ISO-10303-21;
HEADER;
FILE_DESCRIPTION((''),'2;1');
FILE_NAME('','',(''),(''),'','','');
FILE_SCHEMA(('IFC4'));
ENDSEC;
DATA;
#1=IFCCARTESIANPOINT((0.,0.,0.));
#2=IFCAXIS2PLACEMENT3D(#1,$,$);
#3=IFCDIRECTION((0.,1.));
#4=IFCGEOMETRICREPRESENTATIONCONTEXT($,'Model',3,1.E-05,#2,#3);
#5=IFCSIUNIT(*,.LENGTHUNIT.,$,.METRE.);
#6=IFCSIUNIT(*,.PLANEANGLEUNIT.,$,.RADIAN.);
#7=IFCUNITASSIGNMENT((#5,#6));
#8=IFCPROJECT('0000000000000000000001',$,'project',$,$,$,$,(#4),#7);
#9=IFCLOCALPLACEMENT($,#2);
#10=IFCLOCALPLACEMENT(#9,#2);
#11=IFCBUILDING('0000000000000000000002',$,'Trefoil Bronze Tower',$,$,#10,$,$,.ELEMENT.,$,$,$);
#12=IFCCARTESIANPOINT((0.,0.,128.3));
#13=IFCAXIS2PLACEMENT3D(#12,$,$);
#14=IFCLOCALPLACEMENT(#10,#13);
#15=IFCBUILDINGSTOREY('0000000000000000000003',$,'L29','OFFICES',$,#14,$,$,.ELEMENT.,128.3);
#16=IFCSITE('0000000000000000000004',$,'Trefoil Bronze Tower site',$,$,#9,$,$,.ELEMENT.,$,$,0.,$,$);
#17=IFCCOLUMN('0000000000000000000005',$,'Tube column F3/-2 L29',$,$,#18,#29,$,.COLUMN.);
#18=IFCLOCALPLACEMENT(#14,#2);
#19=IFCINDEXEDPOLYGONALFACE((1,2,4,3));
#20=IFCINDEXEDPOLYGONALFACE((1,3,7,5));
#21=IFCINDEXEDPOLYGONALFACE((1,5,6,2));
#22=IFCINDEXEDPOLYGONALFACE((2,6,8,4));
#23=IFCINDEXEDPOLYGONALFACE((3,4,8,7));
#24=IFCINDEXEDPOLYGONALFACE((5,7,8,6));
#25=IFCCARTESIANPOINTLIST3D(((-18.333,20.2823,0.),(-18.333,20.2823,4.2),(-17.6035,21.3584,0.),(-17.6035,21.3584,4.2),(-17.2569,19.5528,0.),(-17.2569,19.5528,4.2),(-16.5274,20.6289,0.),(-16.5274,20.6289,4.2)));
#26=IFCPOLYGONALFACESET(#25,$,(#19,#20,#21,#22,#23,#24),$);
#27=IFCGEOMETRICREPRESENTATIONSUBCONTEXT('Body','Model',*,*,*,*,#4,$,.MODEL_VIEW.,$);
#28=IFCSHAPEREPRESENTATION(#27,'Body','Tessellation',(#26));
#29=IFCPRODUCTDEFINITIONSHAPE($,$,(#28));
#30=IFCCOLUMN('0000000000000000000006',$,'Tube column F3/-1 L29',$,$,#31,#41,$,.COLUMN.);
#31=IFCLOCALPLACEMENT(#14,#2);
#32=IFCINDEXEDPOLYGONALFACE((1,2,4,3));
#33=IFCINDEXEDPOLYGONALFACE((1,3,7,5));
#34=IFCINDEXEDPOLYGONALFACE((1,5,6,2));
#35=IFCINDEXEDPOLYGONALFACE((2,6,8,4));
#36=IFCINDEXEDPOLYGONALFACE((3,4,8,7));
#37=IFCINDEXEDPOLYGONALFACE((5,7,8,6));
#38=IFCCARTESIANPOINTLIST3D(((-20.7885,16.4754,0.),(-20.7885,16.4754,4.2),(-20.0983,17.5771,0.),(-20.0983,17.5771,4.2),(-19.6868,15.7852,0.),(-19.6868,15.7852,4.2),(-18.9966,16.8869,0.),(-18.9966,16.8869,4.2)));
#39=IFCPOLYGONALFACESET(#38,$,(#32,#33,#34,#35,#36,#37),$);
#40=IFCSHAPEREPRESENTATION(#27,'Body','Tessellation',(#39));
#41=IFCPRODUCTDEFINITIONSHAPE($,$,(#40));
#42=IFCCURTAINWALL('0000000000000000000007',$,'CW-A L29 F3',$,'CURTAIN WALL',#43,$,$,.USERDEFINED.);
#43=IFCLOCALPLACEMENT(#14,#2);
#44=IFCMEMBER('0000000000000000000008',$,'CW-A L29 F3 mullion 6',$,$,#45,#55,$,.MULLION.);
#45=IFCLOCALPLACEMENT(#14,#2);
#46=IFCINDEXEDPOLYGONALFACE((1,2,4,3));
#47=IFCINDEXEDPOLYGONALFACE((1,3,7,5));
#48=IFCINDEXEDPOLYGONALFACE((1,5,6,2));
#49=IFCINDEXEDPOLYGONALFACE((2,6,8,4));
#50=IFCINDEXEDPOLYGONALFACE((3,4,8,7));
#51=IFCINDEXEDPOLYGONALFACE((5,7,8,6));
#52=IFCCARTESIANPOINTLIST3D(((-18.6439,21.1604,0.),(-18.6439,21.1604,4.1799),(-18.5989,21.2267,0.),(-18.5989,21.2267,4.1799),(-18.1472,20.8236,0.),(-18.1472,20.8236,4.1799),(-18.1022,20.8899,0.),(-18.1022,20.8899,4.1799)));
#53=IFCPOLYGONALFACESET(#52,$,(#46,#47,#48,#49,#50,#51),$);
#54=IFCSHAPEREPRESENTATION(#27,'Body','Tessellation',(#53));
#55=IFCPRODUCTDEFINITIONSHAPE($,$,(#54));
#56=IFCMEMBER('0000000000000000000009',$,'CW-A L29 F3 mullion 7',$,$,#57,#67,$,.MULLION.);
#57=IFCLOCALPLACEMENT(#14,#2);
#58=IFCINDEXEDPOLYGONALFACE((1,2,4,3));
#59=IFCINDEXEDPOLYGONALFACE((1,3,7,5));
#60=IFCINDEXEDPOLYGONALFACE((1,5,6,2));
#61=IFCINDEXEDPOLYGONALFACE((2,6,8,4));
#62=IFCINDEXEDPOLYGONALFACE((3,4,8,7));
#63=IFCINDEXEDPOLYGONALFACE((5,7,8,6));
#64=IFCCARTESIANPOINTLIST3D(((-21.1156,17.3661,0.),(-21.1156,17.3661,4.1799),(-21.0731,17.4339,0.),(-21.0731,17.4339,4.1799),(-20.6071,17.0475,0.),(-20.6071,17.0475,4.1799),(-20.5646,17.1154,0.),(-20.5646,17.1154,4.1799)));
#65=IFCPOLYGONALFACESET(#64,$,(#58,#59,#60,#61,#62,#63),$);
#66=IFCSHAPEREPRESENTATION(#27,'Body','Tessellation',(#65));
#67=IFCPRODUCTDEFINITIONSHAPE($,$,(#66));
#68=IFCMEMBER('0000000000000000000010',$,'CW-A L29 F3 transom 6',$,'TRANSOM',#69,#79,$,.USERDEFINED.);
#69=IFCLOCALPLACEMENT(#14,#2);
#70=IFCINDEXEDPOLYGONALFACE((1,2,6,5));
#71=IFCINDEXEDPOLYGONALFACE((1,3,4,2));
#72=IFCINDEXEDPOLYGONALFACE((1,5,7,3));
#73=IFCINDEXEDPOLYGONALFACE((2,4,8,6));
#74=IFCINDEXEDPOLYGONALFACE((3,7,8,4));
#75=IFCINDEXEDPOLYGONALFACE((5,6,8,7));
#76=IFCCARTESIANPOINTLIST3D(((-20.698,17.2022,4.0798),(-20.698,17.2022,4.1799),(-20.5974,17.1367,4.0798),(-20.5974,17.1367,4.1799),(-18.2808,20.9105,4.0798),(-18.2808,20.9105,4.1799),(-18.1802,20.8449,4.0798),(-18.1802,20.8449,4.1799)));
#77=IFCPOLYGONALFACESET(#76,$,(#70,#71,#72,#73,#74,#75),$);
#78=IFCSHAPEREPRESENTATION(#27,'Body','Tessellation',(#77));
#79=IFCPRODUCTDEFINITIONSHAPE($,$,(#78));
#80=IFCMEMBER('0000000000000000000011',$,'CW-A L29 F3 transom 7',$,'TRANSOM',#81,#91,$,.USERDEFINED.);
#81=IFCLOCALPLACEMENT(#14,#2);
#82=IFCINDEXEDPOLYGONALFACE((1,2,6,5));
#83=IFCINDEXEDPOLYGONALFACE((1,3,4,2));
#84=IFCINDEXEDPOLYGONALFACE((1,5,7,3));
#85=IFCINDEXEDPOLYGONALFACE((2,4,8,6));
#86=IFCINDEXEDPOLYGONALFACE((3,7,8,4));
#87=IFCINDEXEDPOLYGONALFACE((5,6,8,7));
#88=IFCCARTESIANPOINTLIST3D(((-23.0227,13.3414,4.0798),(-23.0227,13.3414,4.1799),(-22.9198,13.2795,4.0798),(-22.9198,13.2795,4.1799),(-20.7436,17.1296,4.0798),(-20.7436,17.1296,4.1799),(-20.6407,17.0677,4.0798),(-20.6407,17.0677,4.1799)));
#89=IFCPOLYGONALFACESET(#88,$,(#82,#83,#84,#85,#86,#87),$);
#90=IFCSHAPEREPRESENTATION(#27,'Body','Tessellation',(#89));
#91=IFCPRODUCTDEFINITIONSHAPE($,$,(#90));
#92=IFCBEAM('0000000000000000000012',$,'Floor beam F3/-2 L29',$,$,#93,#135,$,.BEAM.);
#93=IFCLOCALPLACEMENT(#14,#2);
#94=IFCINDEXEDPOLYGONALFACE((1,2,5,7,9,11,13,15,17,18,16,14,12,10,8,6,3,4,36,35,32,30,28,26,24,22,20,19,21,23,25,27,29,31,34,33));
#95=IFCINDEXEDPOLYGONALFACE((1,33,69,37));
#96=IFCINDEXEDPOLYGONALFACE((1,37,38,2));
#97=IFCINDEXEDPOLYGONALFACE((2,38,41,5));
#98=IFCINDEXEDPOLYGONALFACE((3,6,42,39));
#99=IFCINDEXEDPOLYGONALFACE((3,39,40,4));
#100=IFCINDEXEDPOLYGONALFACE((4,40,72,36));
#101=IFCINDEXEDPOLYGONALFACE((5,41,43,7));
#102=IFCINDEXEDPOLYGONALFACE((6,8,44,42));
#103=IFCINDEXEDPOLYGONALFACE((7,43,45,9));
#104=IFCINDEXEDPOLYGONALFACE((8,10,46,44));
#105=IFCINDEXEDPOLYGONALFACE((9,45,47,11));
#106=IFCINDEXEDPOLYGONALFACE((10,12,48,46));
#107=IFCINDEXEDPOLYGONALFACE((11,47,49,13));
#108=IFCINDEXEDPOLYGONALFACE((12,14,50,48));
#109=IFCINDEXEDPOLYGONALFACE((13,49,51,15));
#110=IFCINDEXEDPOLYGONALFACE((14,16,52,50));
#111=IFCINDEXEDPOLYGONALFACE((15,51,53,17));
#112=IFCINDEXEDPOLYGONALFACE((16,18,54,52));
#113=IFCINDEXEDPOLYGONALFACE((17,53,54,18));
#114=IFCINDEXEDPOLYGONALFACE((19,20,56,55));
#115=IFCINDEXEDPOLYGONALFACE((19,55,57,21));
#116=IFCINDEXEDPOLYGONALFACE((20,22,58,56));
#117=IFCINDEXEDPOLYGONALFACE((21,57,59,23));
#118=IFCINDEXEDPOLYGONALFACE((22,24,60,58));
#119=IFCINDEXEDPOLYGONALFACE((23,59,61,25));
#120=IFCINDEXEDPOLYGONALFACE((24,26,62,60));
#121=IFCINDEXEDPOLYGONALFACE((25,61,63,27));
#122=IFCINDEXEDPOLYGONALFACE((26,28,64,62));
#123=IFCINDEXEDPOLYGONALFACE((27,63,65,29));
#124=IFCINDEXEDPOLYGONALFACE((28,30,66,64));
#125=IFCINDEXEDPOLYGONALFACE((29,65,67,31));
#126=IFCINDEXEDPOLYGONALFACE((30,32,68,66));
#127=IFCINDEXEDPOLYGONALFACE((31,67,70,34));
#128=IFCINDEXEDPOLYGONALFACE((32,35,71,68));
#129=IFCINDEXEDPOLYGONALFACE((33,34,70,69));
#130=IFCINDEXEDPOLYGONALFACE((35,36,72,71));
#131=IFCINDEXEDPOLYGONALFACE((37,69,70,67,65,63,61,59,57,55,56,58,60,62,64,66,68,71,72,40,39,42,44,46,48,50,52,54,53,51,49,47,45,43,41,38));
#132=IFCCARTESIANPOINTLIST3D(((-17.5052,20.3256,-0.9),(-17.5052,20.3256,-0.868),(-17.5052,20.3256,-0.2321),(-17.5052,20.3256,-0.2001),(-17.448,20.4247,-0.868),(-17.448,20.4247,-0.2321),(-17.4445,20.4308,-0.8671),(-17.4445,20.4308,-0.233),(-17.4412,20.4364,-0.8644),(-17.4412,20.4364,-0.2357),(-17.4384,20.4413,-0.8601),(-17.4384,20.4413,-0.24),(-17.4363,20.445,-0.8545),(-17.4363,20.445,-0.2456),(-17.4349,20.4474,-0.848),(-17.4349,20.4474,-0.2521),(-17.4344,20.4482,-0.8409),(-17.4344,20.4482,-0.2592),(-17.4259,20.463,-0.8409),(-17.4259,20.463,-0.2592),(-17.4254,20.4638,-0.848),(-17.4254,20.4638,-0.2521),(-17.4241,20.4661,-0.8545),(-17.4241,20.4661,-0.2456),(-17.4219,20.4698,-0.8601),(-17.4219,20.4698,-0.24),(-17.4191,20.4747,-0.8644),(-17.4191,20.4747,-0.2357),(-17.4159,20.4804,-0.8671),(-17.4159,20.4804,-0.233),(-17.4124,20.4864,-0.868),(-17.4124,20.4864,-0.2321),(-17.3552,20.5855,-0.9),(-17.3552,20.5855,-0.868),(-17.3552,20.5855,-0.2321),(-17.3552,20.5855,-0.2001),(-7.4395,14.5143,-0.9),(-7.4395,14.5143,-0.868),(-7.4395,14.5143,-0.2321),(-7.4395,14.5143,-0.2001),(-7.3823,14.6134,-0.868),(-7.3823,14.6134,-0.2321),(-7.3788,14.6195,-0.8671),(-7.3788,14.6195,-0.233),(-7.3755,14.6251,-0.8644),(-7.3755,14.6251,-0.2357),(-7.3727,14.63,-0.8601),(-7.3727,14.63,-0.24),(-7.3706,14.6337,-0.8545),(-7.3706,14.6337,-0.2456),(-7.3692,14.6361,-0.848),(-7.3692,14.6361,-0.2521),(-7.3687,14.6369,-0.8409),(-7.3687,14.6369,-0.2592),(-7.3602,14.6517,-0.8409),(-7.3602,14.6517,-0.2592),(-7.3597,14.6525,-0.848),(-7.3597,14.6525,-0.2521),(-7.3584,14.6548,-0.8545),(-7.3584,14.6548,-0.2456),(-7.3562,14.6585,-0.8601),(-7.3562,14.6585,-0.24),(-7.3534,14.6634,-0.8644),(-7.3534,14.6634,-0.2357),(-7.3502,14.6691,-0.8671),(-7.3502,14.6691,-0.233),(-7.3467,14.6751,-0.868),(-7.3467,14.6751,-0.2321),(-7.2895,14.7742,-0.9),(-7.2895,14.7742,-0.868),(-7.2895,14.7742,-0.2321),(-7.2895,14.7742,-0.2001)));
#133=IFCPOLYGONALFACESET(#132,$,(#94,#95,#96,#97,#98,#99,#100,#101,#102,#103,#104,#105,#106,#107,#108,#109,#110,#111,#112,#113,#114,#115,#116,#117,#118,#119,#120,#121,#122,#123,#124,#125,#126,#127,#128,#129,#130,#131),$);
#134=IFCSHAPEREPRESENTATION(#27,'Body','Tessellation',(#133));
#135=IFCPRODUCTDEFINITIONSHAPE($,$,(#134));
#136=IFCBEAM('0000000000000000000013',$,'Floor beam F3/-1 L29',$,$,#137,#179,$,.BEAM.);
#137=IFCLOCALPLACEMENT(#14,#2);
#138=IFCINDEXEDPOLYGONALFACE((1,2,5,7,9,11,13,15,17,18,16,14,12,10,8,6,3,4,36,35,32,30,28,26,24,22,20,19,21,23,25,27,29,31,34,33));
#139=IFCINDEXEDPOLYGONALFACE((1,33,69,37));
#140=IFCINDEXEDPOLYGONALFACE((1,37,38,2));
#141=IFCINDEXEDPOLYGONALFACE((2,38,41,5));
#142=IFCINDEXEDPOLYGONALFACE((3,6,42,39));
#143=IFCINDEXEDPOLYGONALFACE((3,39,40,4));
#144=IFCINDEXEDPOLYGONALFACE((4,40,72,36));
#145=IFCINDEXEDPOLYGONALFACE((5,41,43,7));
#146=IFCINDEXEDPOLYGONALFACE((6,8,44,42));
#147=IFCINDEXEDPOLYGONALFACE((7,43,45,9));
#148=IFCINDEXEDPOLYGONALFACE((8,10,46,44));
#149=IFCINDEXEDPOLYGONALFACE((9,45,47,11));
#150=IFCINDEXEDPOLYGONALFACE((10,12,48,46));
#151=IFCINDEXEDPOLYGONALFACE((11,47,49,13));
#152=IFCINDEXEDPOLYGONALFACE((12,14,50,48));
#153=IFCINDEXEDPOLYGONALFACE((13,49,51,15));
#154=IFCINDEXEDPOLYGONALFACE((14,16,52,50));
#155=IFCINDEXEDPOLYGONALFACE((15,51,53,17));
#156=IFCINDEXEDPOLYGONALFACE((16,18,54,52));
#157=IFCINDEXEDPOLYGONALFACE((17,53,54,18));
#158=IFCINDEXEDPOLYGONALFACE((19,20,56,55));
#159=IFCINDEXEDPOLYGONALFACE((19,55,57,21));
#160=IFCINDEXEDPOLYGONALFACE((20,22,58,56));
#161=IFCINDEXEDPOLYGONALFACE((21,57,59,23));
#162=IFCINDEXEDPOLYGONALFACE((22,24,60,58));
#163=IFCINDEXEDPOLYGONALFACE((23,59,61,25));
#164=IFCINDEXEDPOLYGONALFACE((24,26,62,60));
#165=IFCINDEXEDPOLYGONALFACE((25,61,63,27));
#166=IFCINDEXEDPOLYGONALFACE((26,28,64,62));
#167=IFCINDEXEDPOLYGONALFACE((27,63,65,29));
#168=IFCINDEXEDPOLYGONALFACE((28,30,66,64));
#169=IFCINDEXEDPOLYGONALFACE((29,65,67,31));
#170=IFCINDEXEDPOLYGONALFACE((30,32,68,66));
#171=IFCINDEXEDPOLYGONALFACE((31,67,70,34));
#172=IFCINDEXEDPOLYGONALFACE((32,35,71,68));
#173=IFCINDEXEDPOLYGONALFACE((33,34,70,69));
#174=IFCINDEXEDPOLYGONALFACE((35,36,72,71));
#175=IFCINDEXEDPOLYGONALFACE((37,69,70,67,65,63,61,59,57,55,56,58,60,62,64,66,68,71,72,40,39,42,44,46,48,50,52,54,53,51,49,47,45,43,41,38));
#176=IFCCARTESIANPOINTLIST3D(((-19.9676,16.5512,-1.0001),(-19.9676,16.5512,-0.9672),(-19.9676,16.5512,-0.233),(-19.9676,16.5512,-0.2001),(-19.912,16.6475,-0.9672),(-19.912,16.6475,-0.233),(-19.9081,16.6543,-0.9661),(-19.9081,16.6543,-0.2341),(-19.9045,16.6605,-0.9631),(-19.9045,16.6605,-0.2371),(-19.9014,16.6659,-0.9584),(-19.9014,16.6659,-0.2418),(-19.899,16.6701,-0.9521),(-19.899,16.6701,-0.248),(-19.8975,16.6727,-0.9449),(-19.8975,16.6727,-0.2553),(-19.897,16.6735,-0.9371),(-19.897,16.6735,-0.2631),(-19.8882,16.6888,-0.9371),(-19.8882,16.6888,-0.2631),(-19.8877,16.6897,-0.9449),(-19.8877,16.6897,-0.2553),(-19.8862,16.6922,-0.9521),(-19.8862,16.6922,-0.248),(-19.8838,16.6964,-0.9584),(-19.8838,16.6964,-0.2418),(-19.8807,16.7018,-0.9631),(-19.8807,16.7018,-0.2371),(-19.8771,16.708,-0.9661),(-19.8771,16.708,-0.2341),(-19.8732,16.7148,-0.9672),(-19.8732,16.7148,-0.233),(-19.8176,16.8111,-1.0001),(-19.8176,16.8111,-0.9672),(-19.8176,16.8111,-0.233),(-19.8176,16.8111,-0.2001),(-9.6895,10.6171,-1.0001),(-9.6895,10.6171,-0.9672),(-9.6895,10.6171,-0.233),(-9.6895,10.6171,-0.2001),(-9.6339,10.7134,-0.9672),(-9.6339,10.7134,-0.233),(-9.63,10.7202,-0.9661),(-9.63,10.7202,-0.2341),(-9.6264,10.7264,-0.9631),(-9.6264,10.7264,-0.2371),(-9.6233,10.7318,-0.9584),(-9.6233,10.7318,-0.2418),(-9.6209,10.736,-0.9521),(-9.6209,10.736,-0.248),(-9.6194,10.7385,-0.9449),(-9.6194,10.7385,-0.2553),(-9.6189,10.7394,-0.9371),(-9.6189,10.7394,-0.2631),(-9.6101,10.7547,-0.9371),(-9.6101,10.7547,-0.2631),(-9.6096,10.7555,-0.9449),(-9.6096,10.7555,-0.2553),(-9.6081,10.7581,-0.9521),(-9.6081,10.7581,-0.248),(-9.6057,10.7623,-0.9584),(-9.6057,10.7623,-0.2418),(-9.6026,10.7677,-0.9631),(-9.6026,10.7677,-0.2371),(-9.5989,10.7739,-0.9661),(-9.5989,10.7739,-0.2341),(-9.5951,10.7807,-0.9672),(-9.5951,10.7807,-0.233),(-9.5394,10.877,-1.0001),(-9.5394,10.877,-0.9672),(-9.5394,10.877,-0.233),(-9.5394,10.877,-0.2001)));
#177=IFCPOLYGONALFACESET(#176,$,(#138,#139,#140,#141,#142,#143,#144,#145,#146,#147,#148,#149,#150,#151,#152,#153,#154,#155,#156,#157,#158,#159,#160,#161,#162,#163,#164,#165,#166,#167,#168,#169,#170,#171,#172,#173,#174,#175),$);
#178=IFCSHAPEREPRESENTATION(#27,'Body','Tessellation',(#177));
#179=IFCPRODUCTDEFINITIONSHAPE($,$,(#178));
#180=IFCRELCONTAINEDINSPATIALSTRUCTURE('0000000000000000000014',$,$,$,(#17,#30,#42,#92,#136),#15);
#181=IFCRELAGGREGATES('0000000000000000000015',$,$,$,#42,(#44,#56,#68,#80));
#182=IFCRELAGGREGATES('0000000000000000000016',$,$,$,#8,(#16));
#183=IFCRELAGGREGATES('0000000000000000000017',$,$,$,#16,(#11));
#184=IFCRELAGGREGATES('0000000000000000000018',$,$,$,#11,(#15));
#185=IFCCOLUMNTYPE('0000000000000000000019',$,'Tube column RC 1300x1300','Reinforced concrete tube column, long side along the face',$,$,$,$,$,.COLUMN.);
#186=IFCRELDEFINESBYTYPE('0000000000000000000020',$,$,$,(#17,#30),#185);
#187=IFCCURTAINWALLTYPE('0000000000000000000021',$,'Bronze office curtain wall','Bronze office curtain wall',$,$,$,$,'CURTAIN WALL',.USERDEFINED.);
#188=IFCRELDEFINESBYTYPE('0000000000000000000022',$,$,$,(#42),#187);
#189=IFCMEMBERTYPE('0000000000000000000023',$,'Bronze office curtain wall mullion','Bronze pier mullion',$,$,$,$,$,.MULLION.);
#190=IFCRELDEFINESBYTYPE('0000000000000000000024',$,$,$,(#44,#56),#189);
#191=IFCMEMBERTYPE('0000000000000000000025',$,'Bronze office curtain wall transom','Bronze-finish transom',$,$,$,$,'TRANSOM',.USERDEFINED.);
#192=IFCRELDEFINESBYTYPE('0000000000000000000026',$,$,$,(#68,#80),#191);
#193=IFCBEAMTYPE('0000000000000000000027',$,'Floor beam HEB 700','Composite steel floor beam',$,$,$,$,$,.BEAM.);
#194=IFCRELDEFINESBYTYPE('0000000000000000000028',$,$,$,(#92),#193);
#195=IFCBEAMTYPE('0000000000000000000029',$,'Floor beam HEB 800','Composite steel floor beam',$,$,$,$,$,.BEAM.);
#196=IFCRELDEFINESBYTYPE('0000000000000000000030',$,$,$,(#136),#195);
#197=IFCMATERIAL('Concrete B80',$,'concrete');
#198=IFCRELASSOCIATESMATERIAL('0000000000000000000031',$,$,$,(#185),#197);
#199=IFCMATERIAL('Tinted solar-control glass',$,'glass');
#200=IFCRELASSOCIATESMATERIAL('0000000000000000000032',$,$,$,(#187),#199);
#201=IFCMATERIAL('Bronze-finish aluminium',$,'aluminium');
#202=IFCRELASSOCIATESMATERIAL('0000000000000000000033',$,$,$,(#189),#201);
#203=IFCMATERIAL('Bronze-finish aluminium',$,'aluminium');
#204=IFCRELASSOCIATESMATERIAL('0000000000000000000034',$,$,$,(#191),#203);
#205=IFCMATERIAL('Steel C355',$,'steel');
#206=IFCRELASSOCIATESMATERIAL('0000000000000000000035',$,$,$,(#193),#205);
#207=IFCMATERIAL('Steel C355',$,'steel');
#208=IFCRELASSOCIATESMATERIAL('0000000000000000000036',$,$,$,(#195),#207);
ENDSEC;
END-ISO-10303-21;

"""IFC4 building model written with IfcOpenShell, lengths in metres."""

from ifc_helpers import new_model, si_unit, direction, frame, origin, origin_2d, place, context, subcontext, project, spatial, rectangle, i_section, extrude, material, material_profile, profile_set, type_object, element, aggregate, save


model = new_model("IFC4")

# Units and contexts
model_context = context("Model", 3, precision=1e-05, world=origin(), true_north=direction((0.0, 1.0)))
body_context = subcontext(model_context, "Body", "Model", "MODEL_VIEW")
ifc_project = project(units=[si_unit("LENGTHUNIT", "METRE"), si_unit("PLANEANGLEUNIT", "RADIAN")], contexts=[model_context])

# Site, building, storey
site_placement = place(None, origin())
site = spatial("IfcSite", under=ifc_project, at=site_placement, Name="Trefoil Bronze Tower site", CompositionType="ELEMENT", RefElevation=0.0)
building_placement = place(site_placement, origin())
building = spatial("IfcBuilding", under=site, at=building_placement, Name="Trefoil Bronze Tower", CompositionType="ELEMENT")
storey_placement = place(building_placement, frame((0.0, 0.0, 128.3)))
storey = spatial("IfcBuildingStorey", under=building, at=storey_placement, Name="L29", Description="OFFICES", CompositionType="ELEMENT", Elevation=128.3)

# Columns
ifc_material_1 = material(Name="Concrete B80", Category="concrete")
ifc_material_profile_1 = material_profile(ifc_material_1, rectangle(XDim=1.3, YDim=1.3, at=origin_2d()), Name="RC 1300x1300")
ifc_profile_set_1 = profile_set([ifc_material_profile_1], Name="Concrete B80")
column_type = type_object("IfcColumnType", Name="Tube column RC 1300x1300", Description="Reinforced concrete tube column, long side along the face", PredefinedType="COLUMN", material=ifc_profile_set_1)
for number, where, z_axis, x_axis, name in (
    (1, (-17.4302, 20.4556, 0.0), (0.0, 0.0, 1.0), (-0.561136, -0.827724, 0.0), "Tube column F3/-2 L29"),
    (2, (-19.8926, 16.6812, 0.0), (0.0, 0.0, 1.0), (-0.530893, -0.847439, 0.0), "Tube column F3/-1 L29"),
):
    element("IfcColumn", number, at=place(storey_placement, frame(where, z_axis=z_axis, x_axis=x_axis)), inside=storey, type_object=column_type, Name=name, PredefinedType="COLUMN", context=body_context, shape_type="SweptSolid", body=[
        extrude(rectangle(XDim=1.3, YDim=1.3, at=origin_2d()), origin(), (0.0, 0.0, 1.0), 4.2),
    ])

# Curtain wall, members
ifc_material_2 = material(Name="Tinted solar-control glass", Category="glass")
curtain_wall_type = type_object("IfcCurtainWallType", Name="Bronze office curtain wall", Description="Bronze office curtain wall", ElementType="CURTAIN WALL", PredefinedType="USERDEFINED", material=ifc_material_2)
curtain_wall_placement = place(storey_placement, origin())
curtain_wall = element("IfcCurtainWall", 3, at=curtain_wall_placement, inside=storey, type_object=curtain_wall_type, Name="CW-A L29 F3", ObjectType="CURTAIN WALL", PredefinedType="USERDEFINED")
ifc_material_3 = material(Name="Bronze-finish aluminium", Category="aluminium")
ifc_material_profile_2 = material_profile(ifc_material_3, rectangle(XDim=0.6001, YDim=0.0801, at=origin_2d()), Name="CW-A mullion")
ifc_profile_set_2 = profile_set([ifc_material_profile_2], Name="Bronze-finish aluminium")
member_type_1 = type_object("IfcMemberType", Name="Bronze office curtain wall mullion", Description="Bronze pier mullion", PredefinedType="MULLION", material=ifc_profile_set_2)
member_1_placement = place(storey_placement, frame((-18.373, 21.0251, 0.0), z_axis=(0.0, 0.0, 1.0), x_axis=(0.827724, -0.561136, 0.0)))
member_1 = element("IfcMember", 4, at=member_1_placement, type_object=member_type_1, Name="CW-A L29 F3 mullion 6", PredefinedType="MULLION", context=body_context, shape_type="SweptSolid", body=[
    extrude(rectangle(XDim=0.6001, YDim=0.0801, at=origin_2d()), origin(), (0.0, 0.0, 1.0), 4.1799),
])
member_2_placement = place(storey_placement, frame((-20.8401, 17.2407, 0.0), z_axis=(0.0, 0.0, 1.0), x_axis=(0.847439, -0.530893, 0.0)))
member_2 = element("IfcMember", 5, at=member_2_placement, type_object=member_type_1, Name="CW-A L29 F3 mullion 7", PredefinedType="MULLION", context=body_context, shape_type="SweptSolid", body=[
    extrude(rectangle(XDim=0.6001, YDim=0.0801, at=origin_2d()), origin(), (0.0, 0.0, 1.0), 4.1799),
])
ifc_material_4 = material(Name="Bronze-finish aluminium", Category="aluminium")
ifc_material_profile_3 = material_profile(ifc_material_4, rectangle(XDim=0.1201, YDim=0.1001, at=origin_2d()), Name="CW-A transom")
ifc_profile_set_3 = profile_set([ifc_material_profile_3], Name="Bronze-finish aluminium")
member_type_2 = type_object("IfcMemberType", Name="Bronze office curtain wall transom", Description="Bronze-finish transom", ElementType="TRANSOM", PredefinedType="USERDEFINED", material=ifc_profile_set_3)
member_3_placement = place(storey_placement, frame((-18.2305, 20.8777, 4.1299), z_axis=(-0.546079, -0.837733, 0.0), x_axis=(0.837733, -0.546079, 0.0)))
member_3 = element("IfcMember", 6, at=member_3_placement, type_object=member_type_2, Name="CW-A L29 F3 transom 6", ObjectType="TRANSOM", PredefinedType="USERDEFINED", context=body_context, shape_type="SweptSolid", body=[
    extrude(rectangle(XDim=0.1201, YDim=0.1001, at=origin_2d()), origin(), (0.0, 0.0, 1.0), 4.4265),
])
member_4_placement = place(storey_placement, frame((-20.6921, 17.0986, 4.1299), z_axis=(-0.515527, -0.856873, 0.0), x_axis=(0.856873, -0.515527, 0.0)))
member_4 = element("IfcMember", 7, at=member_4_placement, type_object=member_type_2, Name="CW-A L29 F3 transom 7", ObjectType="TRANSOM", PredefinedType="USERDEFINED", context=body_context, shape_type="SweptSolid", body=[
    extrude(rectangle(XDim=0.1201, YDim=0.1001, at=origin_2d()), origin(), (0.0, 0.0, 1.0), 4.4209),
])

# Beams
ifc_material_5 = material(Name="Steel C355", Category="steel")
ifc_material_profile_4 = material_profile(ifc_material_5, i_section(OverallWidth=0.3, OverallDepth=0.7, WebThickness=0.0171, FlangeThickness=0.032, FilletRadius=0.0271, at=origin_2d()), Name="HEB 700")
ifc_profile_set_4 = profile_set([ifc_material_profile_4], Name="Steel C355")
beam_type_1 = type_object("IfcBeamType", Name="Floor beam HEB 700", Description="Composite steel floor beam", PredefinedType="BEAM", material=ifc_profile_set_4)
beam_1_placement = place(storey_placement, frame((-17.4302, 20.4556, -0.55), z_axis=(0.866031, -0.499991, 0.0), x_axis=(0.499991, 0.866031, 0.0)))
element("IfcBeam", 8, at=beam_1_placement, inside=storey, type_object=beam_type_1, Name="Floor beam F3/-2 L29", PredefinedType="BEAM", context=body_context, shape_type="SweptSolid", body=[
    extrude(i_section(OverallWidth=0.3, OverallDepth=0.7, WebThickness=0.0171, FlangeThickness=0.032, FilletRadius=0.0271, at=origin_2d()), origin(), (0.0, 0.0, 1.0), 11.6228),
])
ifc_material_6 = material(Name="Steel C355", Category="steel")
ifc_material_profile_5 = material_profile(ifc_material_6, i_section(OverallWidth=0.3, OverallDepth=0.8, WebThickness=0.0176, FlangeThickness=0.033, FilletRadius=0.03, at=origin_2d()), Name="HEB 800")
ifc_profile_set_5 = profile_set([ifc_material_profile_5], Name="Steel C355")
beam_type_2 = type_object("IfcBeamType", Name="Floor beam HEB 800", Description="Composite steel floor beam", PredefinedType="BEAM", material=ifc_profile_set_5)
beam_2_placement = place(storey_placement, frame((-19.8926, 16.6812, -0.6001), z_axis=(0.866024, -0.500002, 0.0), x_axis=(0.500002, 0.866024, 0.0)))
element("IfcBeam", 9, at=beam_2_placement, inside=storey, type_object=beam_type_2, Name="Floor beam F3/-1 L29", PredefinedType="BEAM", context=body_context, shape_type="SweptSolid", body=[
    extrude(i_section(OverallWidth=0.3, OverallDepth=0.8, WebThickness=0.0176, FlangeThickness=0.033, FilletRadius=0.03, at=origin_2d()), origin(), (0.0, 0.0, 1.0), 11.8682),
])

aggregate(curtain_wall, [member_1, member_2, member_3, member_4])

save(model, "model.ifc")
